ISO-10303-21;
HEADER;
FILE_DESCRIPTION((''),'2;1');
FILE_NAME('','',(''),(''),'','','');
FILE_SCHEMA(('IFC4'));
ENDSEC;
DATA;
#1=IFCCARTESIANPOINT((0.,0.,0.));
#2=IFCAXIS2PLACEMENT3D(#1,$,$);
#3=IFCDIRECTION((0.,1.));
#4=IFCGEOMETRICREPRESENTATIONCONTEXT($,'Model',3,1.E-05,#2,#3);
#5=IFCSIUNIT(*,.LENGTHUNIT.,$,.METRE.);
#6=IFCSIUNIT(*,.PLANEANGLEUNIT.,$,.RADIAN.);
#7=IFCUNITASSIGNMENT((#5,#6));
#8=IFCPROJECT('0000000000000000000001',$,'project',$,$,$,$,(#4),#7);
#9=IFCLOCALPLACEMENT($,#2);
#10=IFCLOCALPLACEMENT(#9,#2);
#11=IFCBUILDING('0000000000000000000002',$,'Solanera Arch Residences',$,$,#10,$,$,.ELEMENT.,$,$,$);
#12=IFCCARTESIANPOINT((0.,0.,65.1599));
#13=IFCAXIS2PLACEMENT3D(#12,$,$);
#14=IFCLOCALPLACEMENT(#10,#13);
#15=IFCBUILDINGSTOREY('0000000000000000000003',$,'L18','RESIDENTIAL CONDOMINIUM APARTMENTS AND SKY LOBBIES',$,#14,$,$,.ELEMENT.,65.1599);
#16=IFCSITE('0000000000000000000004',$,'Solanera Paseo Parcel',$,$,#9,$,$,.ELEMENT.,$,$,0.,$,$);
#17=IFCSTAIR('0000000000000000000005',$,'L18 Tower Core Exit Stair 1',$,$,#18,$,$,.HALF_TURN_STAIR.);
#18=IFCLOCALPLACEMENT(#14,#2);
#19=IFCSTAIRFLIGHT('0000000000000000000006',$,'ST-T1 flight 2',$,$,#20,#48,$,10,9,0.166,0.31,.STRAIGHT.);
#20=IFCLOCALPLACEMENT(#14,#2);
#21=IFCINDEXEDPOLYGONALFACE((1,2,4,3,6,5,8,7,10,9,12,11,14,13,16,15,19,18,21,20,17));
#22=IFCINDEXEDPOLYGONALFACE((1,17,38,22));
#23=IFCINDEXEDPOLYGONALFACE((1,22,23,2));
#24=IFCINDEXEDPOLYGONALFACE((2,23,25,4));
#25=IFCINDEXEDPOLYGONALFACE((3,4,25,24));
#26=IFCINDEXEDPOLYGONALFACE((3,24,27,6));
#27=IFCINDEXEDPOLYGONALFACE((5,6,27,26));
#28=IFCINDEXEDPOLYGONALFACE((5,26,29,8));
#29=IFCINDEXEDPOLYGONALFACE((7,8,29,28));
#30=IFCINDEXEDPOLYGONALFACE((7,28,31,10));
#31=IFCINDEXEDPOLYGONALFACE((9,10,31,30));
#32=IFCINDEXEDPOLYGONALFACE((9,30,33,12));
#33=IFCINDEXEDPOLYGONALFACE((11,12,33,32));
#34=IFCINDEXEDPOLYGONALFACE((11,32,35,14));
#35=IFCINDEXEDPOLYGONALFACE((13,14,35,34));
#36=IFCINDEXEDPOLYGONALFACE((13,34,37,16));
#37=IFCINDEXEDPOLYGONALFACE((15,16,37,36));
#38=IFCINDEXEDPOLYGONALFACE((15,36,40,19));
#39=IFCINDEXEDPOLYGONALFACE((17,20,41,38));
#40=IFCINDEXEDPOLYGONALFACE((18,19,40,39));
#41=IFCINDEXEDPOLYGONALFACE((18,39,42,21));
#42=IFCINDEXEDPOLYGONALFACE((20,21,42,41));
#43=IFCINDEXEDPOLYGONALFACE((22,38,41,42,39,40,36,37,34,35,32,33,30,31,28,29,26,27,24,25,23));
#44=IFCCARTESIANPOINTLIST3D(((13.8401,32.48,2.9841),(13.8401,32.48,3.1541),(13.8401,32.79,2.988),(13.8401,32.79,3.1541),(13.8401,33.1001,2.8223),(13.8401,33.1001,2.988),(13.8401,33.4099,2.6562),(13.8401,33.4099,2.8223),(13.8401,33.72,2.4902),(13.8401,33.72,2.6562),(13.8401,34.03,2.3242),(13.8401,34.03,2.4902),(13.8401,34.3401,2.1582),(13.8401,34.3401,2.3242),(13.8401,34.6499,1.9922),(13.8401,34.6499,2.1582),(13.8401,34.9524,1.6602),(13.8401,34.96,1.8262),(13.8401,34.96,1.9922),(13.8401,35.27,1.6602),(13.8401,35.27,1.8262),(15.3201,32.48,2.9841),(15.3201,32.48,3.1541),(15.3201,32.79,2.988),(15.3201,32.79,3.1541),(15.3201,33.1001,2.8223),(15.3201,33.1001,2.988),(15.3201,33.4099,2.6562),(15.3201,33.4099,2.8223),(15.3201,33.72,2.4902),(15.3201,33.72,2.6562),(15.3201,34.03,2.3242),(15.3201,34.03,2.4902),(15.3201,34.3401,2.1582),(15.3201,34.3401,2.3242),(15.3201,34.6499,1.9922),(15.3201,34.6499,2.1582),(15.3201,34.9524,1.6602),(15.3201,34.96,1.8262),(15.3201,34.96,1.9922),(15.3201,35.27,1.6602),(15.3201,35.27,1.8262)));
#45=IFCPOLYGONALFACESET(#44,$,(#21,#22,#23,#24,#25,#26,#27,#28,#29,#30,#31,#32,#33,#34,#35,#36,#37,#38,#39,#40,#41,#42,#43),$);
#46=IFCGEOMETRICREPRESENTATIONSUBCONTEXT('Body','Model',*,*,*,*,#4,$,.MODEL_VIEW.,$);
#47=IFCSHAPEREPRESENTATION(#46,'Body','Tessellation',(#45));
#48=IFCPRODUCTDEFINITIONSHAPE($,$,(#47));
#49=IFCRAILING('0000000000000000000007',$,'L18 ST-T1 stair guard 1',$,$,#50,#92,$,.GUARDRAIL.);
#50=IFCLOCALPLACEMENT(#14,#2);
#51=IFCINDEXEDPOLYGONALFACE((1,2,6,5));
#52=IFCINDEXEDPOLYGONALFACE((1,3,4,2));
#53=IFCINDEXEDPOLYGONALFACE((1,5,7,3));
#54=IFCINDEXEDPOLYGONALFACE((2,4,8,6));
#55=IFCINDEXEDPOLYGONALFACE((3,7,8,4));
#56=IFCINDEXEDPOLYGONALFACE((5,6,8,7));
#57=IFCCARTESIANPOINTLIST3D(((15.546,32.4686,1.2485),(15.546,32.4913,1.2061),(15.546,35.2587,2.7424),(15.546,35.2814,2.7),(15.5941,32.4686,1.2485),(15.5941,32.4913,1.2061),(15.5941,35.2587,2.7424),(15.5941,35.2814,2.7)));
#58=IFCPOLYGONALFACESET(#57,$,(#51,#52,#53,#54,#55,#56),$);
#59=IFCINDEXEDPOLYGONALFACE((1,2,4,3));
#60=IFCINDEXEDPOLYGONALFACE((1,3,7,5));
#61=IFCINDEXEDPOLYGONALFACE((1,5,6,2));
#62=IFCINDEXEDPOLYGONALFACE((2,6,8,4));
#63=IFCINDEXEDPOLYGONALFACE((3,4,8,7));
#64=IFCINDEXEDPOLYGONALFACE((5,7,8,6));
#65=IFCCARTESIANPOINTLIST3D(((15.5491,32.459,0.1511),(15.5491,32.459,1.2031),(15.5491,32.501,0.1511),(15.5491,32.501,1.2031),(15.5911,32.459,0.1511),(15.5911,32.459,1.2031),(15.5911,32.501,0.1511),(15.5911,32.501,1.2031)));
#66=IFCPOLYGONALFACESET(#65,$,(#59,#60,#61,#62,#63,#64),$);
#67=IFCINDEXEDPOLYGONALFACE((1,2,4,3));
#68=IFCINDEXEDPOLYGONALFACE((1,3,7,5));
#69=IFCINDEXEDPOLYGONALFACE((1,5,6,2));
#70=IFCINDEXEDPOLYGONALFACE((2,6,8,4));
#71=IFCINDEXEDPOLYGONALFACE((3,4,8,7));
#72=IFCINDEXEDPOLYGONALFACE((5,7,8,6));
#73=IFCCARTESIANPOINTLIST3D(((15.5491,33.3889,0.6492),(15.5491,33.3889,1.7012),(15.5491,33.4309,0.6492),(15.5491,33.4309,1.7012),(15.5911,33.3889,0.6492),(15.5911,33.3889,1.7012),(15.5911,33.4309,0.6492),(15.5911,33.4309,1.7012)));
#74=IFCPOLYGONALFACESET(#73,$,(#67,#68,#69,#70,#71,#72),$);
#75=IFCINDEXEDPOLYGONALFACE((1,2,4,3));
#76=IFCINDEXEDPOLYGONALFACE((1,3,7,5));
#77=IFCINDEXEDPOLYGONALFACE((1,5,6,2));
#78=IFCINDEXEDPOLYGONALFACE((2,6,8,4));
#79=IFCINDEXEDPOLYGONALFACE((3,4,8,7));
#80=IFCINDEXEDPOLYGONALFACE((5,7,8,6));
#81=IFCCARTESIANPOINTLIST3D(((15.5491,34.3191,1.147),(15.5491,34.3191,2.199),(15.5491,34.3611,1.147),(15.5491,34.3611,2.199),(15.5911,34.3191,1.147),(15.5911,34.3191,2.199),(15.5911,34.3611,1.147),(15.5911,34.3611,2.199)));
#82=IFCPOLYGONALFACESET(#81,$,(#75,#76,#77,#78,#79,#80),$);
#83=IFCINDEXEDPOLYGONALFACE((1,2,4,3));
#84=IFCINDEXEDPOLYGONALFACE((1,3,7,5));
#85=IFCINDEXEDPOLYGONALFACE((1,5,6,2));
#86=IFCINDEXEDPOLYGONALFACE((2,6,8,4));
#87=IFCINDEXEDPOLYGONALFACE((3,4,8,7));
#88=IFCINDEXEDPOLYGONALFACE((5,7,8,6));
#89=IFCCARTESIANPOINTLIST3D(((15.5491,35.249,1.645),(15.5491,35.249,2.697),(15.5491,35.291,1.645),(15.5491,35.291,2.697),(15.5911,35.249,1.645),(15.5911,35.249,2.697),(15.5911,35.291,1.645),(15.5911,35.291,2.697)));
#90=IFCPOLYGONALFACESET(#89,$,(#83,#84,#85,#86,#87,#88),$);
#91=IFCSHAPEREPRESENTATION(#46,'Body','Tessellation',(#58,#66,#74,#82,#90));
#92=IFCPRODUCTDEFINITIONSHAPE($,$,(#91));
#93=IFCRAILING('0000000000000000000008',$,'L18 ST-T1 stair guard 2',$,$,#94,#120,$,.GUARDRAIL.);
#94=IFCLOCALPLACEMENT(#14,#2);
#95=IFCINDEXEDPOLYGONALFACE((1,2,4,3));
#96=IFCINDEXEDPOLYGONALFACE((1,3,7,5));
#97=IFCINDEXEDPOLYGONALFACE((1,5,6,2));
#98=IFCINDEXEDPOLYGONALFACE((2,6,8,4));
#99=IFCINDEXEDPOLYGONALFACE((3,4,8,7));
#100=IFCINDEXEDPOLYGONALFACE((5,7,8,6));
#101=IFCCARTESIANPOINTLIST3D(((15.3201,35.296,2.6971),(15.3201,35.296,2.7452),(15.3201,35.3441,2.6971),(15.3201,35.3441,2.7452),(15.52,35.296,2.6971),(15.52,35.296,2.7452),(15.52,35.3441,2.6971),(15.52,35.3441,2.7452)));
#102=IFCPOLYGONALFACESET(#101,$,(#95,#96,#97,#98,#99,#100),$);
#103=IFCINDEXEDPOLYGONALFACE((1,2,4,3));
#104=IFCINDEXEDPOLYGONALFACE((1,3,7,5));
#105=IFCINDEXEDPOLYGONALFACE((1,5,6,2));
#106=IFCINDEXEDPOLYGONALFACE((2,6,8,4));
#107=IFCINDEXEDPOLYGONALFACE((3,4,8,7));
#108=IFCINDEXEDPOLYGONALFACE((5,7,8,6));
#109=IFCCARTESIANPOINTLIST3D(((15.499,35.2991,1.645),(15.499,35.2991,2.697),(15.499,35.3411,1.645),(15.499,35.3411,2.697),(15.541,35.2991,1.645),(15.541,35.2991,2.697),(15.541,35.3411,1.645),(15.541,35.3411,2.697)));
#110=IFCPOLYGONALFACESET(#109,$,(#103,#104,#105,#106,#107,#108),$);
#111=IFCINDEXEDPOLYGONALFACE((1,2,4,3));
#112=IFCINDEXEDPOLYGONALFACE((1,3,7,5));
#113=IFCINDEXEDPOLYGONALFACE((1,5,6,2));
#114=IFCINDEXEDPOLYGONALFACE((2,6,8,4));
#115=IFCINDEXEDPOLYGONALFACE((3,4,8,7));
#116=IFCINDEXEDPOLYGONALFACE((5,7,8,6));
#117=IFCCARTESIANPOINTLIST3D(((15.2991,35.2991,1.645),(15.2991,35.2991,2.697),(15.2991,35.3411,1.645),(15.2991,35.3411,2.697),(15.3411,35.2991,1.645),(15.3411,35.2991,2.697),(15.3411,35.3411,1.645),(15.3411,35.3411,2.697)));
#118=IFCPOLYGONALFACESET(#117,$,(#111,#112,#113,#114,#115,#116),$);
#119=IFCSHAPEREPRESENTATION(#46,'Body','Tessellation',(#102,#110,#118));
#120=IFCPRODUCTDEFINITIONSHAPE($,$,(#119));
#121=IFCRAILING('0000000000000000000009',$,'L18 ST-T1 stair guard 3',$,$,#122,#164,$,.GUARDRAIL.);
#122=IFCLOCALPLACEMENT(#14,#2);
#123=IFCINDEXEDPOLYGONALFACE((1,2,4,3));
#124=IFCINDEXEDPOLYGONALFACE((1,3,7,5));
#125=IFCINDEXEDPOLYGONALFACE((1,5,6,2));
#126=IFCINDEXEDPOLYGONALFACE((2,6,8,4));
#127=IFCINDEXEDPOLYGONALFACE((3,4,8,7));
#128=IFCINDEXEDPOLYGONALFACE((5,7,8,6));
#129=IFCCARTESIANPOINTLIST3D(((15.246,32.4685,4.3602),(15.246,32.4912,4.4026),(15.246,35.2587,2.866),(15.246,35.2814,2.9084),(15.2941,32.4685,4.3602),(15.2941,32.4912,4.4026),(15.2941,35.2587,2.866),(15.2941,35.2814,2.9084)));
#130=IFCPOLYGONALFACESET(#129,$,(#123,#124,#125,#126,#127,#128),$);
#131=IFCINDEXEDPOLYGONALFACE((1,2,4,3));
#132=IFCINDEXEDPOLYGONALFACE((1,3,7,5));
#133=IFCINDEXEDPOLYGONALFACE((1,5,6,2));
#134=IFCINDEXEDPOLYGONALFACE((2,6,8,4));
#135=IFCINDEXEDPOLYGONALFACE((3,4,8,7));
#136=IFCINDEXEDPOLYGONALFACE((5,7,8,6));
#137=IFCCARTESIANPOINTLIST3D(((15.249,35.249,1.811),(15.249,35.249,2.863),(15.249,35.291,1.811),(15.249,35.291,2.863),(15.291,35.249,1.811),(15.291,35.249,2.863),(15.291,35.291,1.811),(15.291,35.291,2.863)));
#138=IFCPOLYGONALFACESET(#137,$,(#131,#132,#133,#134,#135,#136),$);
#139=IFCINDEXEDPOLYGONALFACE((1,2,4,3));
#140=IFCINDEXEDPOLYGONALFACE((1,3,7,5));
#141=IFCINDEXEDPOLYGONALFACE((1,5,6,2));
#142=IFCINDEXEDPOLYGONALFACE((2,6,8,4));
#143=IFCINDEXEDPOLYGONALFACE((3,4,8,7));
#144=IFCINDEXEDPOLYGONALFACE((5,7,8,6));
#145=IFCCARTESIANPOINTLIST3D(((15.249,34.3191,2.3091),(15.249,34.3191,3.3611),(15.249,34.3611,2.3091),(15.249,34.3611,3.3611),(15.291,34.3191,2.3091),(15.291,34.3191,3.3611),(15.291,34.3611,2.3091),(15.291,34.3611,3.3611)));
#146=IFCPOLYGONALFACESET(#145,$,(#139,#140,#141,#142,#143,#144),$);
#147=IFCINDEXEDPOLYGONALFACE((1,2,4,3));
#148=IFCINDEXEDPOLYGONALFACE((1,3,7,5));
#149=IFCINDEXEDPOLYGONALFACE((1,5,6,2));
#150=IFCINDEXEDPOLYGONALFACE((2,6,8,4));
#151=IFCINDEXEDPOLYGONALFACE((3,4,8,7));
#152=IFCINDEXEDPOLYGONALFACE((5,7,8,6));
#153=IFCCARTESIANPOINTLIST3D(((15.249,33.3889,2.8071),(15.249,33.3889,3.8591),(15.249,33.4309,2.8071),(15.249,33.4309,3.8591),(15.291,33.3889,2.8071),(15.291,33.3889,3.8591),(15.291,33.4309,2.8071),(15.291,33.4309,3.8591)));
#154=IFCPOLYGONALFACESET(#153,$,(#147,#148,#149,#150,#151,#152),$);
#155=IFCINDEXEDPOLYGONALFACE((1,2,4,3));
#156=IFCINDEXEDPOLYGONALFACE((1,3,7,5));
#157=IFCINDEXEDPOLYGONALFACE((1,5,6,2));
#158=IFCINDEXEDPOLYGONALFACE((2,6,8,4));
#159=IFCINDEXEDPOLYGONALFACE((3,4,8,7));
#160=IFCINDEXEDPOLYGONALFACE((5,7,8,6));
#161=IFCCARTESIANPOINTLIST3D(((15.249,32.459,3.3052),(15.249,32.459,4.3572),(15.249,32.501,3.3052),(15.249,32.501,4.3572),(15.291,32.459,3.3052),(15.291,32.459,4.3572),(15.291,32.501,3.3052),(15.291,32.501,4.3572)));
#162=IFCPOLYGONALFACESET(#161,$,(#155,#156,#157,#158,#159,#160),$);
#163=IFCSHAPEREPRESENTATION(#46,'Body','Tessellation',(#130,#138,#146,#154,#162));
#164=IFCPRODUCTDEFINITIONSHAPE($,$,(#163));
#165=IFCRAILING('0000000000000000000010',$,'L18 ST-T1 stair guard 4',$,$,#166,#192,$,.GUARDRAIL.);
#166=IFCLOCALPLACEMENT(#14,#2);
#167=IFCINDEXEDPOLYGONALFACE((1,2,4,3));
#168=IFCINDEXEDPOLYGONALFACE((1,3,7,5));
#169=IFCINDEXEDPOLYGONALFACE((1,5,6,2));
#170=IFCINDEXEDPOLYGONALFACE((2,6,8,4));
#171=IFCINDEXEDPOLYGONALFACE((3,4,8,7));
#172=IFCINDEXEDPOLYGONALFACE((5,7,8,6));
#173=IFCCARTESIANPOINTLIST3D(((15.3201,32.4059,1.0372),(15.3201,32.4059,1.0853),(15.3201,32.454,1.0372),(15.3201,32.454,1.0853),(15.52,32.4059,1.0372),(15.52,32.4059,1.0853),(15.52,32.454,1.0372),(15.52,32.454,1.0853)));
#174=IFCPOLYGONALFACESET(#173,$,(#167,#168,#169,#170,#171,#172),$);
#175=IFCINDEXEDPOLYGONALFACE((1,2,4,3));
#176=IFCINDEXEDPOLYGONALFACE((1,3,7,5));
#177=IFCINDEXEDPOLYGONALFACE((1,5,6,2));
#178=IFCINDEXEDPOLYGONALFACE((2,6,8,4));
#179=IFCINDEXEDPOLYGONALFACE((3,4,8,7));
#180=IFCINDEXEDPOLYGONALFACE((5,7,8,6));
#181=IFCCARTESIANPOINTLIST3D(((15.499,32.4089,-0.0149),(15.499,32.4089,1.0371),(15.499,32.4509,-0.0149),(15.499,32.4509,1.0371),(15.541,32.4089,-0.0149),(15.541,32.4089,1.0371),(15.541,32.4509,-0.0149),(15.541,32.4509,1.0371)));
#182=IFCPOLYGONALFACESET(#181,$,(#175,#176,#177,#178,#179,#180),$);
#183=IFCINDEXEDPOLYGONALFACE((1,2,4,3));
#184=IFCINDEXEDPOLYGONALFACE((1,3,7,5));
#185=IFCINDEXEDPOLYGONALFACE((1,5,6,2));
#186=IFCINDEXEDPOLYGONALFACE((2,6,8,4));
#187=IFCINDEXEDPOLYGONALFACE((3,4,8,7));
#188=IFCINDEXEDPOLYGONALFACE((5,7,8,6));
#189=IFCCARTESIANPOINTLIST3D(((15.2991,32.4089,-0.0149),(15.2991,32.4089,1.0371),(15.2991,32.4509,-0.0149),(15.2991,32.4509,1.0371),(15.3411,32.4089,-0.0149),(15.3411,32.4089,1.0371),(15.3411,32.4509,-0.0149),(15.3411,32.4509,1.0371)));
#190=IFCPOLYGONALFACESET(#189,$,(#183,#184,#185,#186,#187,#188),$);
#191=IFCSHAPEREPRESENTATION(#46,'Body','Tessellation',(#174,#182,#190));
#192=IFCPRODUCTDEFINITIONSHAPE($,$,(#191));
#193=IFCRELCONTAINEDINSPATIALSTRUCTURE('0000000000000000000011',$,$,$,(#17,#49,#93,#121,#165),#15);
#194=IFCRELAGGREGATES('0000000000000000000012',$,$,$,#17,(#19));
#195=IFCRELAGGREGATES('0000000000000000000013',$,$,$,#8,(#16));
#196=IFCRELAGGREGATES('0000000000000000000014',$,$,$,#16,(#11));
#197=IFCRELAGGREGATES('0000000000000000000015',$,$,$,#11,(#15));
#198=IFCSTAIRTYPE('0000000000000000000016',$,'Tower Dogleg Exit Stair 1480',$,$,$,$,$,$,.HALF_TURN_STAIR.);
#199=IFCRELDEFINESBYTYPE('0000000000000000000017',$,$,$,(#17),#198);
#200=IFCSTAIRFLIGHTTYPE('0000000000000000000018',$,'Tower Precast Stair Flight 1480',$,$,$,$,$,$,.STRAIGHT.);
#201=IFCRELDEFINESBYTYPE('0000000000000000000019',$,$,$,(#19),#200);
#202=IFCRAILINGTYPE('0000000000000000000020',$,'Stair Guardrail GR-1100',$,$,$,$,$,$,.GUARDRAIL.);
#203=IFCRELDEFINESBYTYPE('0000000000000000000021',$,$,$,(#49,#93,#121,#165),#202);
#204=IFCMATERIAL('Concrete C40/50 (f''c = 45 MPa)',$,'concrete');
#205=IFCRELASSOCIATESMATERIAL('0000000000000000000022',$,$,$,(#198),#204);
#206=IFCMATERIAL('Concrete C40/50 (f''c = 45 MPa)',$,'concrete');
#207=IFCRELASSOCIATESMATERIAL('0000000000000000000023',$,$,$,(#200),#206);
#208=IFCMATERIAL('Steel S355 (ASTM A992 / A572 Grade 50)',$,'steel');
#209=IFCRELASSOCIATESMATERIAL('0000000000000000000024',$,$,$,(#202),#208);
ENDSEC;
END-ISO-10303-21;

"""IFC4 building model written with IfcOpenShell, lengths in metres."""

from ifc_helpers import new_model, si_unit, direction, frame, origin, origin_2d, place, context, subcontext, project, spatial, polyline, rectangle, outline, extrude, material, type_object, element, aggregate, save


model = new_model("IFC4")

# Units and contexts
model_context = context("Model", 3, precision=1e-05, world=origin(), true_north=direction((0.0, 1.0)))
body_context = subcontext(model_context, "Body", "Model", "MODEL_VIEW")
ifc_project = project(units=[si_unit("LENGTHUNIT", "METRE"), si_unit("PLANEANGLEUNIT", "RADIAN")], contexts=[model_context])

# Site, building, storey
site_placement = place(None, origin())
site = spatial("IfcSite", under=ifc_project, at=site_placement, Name="Solanera Paseo Parcel", CompositionType="ELEMENT", RefElevation=0.0)
building_placement = place(site_placement, origin())
building = spatial("IfcBuilding", under=site, at=building_placement, Name="Solanera Arch Residences", CompositionType="ELEMENT")
storey_placement = place(building_placement, frame((0.0, 0.0, 65.1599)))
storey = spatial("IfcBuildingStorey", under=building, at=storey_placement, Name="L18", Description="RESIDENTIAL CONDOMINIUM APARTMENTS AND SKY LOBBIES", CompositionType="ELEMENT", Elevation=65.1599)

# Stair, stair flight
ifc_material_1 = material(Name="Concrete C40/50 (f'c = 45 MPa)", Category="concrete")
stair_type = type_object("IfcStairType", Name="Tower Dogleg Exit Stair 1480", PredefinedType="HALF_TURN_STAIR", material=ifc_material_1)
stair_placement = place(storey_placement, origin())
stair = element("IfcStair", 1, at=stair_placement, inside=storey, type_object=stair_type, Name="L18 Tower Core Exit Stair 1", PredefinedType="HALF_TURN_STAIR")
ifc_material_2 = material(Name="Concrete C40/50 (f'c = 45 MPa)", Category="concrete")
stair_flight_type = type_object("IfcStairFlightType", Name="Tower Precast Stair Flight 1480", PredefinedType="STRAIGHT", material=ifc_material_2)
stair_flight_1_placement = place(storey_placement, frame((14.5801, 35.27, 1.6602), z_axis=(0.0, 0.0, 1.0), x_axis=(0.0, -1.0, 0.0)))
stair_flight_1 = element("IfcStairFlight", 2, at=stair_flight_1_placement, type_object=stair_flight_type, Name="ST-T1 flight 2", NumberOfRisers=10, NumberOfTreads=9, PredefinedType="STRAIGHT", RiserHeight=0.166, TreadLength=0.31, context=body_context, shape_type="SweptSolid", body=[
    extrude(outline(polyline([(0.0, 0.0), (0.0, 0.166), (0.3101, 0.166), (0.3101, 0.332), (0.6201, 0.332), (0.6201, 0.498), (0.9299, 0.498), (0.9299, 0.6641), (1.24, 0.6641), (1.24, 0.8301), (1.55, 0.8301), (1.55, 0.9961), (1.8601, 0.9961), (1.8601, 1.1621), (2.1699, 1.1621), (2.1699, 1.3279), (2.48, 1.3279), (2.48, 1.4939), (2.79, 1.4939), (2.79, 1.6599), (2.79, 1.324), (0.3176, 0.0), (0.0, 0.0)])), frame((0.0, 0.74, 0.0), z_axis=(0.0, -1.0, 0.0), x_axis=(1.0, 0.0, 0.0)), (0.0, 0.0, 1.0), 1.48),
])
aggregate(stair, [stair_flight_1])

# Railings
ifc_material_3 = material(Name="Steel S355 (ASTM A992 / A572 Grade 50)", Category="steel")
railing_type_1 = type_object("IfcRailingType", Name="Stair Guardrail GR-1100", PredefinedType="GUARDRAIL", material=ifc_material_3)
railing_1_placement = place(storey_placement, frame((15.5701, 32.48, 0.1511)))
element("IfcRailing", 3, at=railing_1_placement, inside=storey, type_object=railing_type_1, Name="L18 ST-T1 stair guard 1", PredefinedType="GUARDRAIL", context=body_context, shape_type="SweptSolid", body=[
    extrude(rectangle(XDim=0.0481, YDim=0.0481, at=origin_2d()), frame((0.0, 0.0, 1.0762), z_axis=(0.0, 0.881581, 0.472033), x_axis=(-1.0, 0.0, 0.0)), (0.0, 0.0, 1.0), 3.1648),
    extrude(rectangle(XDim=0.042, YDim=0.042, at=origin_2d()), origin(), (0.0, 0.0, 1.0), 1.052),
    extrude(rectangle(XDim=0.042, YDim=0.042, at=origin_2d()), frame((0.0, 0.9299, 0.498)), (0.0, 0.0, 1.0), 1.052),
    extrude(rectangle(XDim=0.042, YDim=0.042, at=origin_2d()), frame((0.0, 1.8601, 0.9958)), (0.0, 0.0, 1.0), 1.052),
    extrude(rectangle(XDim=0.042, YDim=0.042, at=origin_2d()), frame((0.0, 2.79, 1.4939)), (0.0, 0.0, 1.0), 1.052),
])
railing_2_placement = place(storey_placement, frame((15.52, 35.3201, 1.645)))
element("IfcRailing", 4, at=railing_2_placement, inside=storey, type_object=railing_type_1, Name="L18 ST-T1 stair guard 2", PredefinedType="GUARDRAIL", context=body_context, shape_type="SweptSolid", body=[
    extrude(rectangle(XDim=0.0481, YDim=0.0481, at=origin_2d()), frame((0.0, 0.0, 1.0762), z_axis=(-1.0, 0.0, 0.0), x_axis=(0.0, -1.0, 0.0)), (0.0, 0.0, 1.0), 0.2),
    extrude(rectangle(XDim=0.042, YDim=0.042, at=origin_2d()), origin(), (0.0, 0.0, 1.0), 1.052),
    extrude(rectangle(XDim=0.042, YDim=0.042, at=origin_2d()), frame((-0.2, 0.0, 0.0)), (0.0, 0.0, 1.0), 1.052),
])
railing_3_placement = place(storey_placement, frame((15.27, 35.27, 1.811)))
element("IfcRailing", 5, at=railing_3_placement, inside=storey, type_object=railing_type_1, Name="L18 ST-T1 stair guard 3", PredefinedType="GUARDRAIL", context=body_context, shape_type="SweptSolid", body=[
    extrude(rectangle(XDim=0.0481, YDim=0.0481, at=origin_2d()), frame((0.0, 0.0, 1.0762), z_axis=(0.0, -0.881549, 0.472093), x_axis=(1.0, 0.0, 0.0)), (0.0, 0.0, 1.0), 3.165),
    extrude(rectangle(XDim=0.042, YDim=0.042, at=origin_2d()), origin(), (0.0, 0.0, 1.0), 1.052),
    extrude(rectangle(XDim=0.042, YDim=0.042, at=origin_2d()), frame((0.0, -0.9299, 0.498)), (0.0, 0.0, 1.0), 1.052),
    extrude(rectangle(XDim=0.042, YDim=0.042, at=origin_2d()), frame((0.0, -1.8601, 0.9961)), (0.0, 0.0, 1.0), 1.052),
    extrude(rectangle(XDim=0.042, YDim=0.042, at=origin_2d()), frame((0.0, -2.79, 1.4941)), (0.0, 0.0, 1.0), 1.052),
])
railing_4_placement = place(storey_placement, frame((15.52, 32.4299, -0.0149)))
element("IfcRailing", 6, at=railing_4_placement, inside=storey, type_object=railing_type_1, Name="L18 ST-T1 stair guard 4", PredefinedType="GUARDRAIL", context=body_context, shape_type="SweptSolid", body=[
    extrude(rectangle(XDim=0.0481, YDim=0.0481, at=origin_2d()), frame((0.0, 0.0, 1.0762), z_axis=(-1.0, 0.0, 0.0), x_axis=(0.0, -1.0, 0.0)), (0.0, 0.0, 1.0), 0.2),
    extrude(rectangle(XDim=0.042, YDim=0.042, at=origin_2d()), origin(), (0.0, 0.0, 1.0), 1.052),
    extrude(rectangle(XDim=0.042, YDim=0.042, at=origin_2d()), frame((-0.2, 0.0, 0.0)), (0.0, 0.0, 1.0), 1.052),
])

save(model, "model.ifc")
